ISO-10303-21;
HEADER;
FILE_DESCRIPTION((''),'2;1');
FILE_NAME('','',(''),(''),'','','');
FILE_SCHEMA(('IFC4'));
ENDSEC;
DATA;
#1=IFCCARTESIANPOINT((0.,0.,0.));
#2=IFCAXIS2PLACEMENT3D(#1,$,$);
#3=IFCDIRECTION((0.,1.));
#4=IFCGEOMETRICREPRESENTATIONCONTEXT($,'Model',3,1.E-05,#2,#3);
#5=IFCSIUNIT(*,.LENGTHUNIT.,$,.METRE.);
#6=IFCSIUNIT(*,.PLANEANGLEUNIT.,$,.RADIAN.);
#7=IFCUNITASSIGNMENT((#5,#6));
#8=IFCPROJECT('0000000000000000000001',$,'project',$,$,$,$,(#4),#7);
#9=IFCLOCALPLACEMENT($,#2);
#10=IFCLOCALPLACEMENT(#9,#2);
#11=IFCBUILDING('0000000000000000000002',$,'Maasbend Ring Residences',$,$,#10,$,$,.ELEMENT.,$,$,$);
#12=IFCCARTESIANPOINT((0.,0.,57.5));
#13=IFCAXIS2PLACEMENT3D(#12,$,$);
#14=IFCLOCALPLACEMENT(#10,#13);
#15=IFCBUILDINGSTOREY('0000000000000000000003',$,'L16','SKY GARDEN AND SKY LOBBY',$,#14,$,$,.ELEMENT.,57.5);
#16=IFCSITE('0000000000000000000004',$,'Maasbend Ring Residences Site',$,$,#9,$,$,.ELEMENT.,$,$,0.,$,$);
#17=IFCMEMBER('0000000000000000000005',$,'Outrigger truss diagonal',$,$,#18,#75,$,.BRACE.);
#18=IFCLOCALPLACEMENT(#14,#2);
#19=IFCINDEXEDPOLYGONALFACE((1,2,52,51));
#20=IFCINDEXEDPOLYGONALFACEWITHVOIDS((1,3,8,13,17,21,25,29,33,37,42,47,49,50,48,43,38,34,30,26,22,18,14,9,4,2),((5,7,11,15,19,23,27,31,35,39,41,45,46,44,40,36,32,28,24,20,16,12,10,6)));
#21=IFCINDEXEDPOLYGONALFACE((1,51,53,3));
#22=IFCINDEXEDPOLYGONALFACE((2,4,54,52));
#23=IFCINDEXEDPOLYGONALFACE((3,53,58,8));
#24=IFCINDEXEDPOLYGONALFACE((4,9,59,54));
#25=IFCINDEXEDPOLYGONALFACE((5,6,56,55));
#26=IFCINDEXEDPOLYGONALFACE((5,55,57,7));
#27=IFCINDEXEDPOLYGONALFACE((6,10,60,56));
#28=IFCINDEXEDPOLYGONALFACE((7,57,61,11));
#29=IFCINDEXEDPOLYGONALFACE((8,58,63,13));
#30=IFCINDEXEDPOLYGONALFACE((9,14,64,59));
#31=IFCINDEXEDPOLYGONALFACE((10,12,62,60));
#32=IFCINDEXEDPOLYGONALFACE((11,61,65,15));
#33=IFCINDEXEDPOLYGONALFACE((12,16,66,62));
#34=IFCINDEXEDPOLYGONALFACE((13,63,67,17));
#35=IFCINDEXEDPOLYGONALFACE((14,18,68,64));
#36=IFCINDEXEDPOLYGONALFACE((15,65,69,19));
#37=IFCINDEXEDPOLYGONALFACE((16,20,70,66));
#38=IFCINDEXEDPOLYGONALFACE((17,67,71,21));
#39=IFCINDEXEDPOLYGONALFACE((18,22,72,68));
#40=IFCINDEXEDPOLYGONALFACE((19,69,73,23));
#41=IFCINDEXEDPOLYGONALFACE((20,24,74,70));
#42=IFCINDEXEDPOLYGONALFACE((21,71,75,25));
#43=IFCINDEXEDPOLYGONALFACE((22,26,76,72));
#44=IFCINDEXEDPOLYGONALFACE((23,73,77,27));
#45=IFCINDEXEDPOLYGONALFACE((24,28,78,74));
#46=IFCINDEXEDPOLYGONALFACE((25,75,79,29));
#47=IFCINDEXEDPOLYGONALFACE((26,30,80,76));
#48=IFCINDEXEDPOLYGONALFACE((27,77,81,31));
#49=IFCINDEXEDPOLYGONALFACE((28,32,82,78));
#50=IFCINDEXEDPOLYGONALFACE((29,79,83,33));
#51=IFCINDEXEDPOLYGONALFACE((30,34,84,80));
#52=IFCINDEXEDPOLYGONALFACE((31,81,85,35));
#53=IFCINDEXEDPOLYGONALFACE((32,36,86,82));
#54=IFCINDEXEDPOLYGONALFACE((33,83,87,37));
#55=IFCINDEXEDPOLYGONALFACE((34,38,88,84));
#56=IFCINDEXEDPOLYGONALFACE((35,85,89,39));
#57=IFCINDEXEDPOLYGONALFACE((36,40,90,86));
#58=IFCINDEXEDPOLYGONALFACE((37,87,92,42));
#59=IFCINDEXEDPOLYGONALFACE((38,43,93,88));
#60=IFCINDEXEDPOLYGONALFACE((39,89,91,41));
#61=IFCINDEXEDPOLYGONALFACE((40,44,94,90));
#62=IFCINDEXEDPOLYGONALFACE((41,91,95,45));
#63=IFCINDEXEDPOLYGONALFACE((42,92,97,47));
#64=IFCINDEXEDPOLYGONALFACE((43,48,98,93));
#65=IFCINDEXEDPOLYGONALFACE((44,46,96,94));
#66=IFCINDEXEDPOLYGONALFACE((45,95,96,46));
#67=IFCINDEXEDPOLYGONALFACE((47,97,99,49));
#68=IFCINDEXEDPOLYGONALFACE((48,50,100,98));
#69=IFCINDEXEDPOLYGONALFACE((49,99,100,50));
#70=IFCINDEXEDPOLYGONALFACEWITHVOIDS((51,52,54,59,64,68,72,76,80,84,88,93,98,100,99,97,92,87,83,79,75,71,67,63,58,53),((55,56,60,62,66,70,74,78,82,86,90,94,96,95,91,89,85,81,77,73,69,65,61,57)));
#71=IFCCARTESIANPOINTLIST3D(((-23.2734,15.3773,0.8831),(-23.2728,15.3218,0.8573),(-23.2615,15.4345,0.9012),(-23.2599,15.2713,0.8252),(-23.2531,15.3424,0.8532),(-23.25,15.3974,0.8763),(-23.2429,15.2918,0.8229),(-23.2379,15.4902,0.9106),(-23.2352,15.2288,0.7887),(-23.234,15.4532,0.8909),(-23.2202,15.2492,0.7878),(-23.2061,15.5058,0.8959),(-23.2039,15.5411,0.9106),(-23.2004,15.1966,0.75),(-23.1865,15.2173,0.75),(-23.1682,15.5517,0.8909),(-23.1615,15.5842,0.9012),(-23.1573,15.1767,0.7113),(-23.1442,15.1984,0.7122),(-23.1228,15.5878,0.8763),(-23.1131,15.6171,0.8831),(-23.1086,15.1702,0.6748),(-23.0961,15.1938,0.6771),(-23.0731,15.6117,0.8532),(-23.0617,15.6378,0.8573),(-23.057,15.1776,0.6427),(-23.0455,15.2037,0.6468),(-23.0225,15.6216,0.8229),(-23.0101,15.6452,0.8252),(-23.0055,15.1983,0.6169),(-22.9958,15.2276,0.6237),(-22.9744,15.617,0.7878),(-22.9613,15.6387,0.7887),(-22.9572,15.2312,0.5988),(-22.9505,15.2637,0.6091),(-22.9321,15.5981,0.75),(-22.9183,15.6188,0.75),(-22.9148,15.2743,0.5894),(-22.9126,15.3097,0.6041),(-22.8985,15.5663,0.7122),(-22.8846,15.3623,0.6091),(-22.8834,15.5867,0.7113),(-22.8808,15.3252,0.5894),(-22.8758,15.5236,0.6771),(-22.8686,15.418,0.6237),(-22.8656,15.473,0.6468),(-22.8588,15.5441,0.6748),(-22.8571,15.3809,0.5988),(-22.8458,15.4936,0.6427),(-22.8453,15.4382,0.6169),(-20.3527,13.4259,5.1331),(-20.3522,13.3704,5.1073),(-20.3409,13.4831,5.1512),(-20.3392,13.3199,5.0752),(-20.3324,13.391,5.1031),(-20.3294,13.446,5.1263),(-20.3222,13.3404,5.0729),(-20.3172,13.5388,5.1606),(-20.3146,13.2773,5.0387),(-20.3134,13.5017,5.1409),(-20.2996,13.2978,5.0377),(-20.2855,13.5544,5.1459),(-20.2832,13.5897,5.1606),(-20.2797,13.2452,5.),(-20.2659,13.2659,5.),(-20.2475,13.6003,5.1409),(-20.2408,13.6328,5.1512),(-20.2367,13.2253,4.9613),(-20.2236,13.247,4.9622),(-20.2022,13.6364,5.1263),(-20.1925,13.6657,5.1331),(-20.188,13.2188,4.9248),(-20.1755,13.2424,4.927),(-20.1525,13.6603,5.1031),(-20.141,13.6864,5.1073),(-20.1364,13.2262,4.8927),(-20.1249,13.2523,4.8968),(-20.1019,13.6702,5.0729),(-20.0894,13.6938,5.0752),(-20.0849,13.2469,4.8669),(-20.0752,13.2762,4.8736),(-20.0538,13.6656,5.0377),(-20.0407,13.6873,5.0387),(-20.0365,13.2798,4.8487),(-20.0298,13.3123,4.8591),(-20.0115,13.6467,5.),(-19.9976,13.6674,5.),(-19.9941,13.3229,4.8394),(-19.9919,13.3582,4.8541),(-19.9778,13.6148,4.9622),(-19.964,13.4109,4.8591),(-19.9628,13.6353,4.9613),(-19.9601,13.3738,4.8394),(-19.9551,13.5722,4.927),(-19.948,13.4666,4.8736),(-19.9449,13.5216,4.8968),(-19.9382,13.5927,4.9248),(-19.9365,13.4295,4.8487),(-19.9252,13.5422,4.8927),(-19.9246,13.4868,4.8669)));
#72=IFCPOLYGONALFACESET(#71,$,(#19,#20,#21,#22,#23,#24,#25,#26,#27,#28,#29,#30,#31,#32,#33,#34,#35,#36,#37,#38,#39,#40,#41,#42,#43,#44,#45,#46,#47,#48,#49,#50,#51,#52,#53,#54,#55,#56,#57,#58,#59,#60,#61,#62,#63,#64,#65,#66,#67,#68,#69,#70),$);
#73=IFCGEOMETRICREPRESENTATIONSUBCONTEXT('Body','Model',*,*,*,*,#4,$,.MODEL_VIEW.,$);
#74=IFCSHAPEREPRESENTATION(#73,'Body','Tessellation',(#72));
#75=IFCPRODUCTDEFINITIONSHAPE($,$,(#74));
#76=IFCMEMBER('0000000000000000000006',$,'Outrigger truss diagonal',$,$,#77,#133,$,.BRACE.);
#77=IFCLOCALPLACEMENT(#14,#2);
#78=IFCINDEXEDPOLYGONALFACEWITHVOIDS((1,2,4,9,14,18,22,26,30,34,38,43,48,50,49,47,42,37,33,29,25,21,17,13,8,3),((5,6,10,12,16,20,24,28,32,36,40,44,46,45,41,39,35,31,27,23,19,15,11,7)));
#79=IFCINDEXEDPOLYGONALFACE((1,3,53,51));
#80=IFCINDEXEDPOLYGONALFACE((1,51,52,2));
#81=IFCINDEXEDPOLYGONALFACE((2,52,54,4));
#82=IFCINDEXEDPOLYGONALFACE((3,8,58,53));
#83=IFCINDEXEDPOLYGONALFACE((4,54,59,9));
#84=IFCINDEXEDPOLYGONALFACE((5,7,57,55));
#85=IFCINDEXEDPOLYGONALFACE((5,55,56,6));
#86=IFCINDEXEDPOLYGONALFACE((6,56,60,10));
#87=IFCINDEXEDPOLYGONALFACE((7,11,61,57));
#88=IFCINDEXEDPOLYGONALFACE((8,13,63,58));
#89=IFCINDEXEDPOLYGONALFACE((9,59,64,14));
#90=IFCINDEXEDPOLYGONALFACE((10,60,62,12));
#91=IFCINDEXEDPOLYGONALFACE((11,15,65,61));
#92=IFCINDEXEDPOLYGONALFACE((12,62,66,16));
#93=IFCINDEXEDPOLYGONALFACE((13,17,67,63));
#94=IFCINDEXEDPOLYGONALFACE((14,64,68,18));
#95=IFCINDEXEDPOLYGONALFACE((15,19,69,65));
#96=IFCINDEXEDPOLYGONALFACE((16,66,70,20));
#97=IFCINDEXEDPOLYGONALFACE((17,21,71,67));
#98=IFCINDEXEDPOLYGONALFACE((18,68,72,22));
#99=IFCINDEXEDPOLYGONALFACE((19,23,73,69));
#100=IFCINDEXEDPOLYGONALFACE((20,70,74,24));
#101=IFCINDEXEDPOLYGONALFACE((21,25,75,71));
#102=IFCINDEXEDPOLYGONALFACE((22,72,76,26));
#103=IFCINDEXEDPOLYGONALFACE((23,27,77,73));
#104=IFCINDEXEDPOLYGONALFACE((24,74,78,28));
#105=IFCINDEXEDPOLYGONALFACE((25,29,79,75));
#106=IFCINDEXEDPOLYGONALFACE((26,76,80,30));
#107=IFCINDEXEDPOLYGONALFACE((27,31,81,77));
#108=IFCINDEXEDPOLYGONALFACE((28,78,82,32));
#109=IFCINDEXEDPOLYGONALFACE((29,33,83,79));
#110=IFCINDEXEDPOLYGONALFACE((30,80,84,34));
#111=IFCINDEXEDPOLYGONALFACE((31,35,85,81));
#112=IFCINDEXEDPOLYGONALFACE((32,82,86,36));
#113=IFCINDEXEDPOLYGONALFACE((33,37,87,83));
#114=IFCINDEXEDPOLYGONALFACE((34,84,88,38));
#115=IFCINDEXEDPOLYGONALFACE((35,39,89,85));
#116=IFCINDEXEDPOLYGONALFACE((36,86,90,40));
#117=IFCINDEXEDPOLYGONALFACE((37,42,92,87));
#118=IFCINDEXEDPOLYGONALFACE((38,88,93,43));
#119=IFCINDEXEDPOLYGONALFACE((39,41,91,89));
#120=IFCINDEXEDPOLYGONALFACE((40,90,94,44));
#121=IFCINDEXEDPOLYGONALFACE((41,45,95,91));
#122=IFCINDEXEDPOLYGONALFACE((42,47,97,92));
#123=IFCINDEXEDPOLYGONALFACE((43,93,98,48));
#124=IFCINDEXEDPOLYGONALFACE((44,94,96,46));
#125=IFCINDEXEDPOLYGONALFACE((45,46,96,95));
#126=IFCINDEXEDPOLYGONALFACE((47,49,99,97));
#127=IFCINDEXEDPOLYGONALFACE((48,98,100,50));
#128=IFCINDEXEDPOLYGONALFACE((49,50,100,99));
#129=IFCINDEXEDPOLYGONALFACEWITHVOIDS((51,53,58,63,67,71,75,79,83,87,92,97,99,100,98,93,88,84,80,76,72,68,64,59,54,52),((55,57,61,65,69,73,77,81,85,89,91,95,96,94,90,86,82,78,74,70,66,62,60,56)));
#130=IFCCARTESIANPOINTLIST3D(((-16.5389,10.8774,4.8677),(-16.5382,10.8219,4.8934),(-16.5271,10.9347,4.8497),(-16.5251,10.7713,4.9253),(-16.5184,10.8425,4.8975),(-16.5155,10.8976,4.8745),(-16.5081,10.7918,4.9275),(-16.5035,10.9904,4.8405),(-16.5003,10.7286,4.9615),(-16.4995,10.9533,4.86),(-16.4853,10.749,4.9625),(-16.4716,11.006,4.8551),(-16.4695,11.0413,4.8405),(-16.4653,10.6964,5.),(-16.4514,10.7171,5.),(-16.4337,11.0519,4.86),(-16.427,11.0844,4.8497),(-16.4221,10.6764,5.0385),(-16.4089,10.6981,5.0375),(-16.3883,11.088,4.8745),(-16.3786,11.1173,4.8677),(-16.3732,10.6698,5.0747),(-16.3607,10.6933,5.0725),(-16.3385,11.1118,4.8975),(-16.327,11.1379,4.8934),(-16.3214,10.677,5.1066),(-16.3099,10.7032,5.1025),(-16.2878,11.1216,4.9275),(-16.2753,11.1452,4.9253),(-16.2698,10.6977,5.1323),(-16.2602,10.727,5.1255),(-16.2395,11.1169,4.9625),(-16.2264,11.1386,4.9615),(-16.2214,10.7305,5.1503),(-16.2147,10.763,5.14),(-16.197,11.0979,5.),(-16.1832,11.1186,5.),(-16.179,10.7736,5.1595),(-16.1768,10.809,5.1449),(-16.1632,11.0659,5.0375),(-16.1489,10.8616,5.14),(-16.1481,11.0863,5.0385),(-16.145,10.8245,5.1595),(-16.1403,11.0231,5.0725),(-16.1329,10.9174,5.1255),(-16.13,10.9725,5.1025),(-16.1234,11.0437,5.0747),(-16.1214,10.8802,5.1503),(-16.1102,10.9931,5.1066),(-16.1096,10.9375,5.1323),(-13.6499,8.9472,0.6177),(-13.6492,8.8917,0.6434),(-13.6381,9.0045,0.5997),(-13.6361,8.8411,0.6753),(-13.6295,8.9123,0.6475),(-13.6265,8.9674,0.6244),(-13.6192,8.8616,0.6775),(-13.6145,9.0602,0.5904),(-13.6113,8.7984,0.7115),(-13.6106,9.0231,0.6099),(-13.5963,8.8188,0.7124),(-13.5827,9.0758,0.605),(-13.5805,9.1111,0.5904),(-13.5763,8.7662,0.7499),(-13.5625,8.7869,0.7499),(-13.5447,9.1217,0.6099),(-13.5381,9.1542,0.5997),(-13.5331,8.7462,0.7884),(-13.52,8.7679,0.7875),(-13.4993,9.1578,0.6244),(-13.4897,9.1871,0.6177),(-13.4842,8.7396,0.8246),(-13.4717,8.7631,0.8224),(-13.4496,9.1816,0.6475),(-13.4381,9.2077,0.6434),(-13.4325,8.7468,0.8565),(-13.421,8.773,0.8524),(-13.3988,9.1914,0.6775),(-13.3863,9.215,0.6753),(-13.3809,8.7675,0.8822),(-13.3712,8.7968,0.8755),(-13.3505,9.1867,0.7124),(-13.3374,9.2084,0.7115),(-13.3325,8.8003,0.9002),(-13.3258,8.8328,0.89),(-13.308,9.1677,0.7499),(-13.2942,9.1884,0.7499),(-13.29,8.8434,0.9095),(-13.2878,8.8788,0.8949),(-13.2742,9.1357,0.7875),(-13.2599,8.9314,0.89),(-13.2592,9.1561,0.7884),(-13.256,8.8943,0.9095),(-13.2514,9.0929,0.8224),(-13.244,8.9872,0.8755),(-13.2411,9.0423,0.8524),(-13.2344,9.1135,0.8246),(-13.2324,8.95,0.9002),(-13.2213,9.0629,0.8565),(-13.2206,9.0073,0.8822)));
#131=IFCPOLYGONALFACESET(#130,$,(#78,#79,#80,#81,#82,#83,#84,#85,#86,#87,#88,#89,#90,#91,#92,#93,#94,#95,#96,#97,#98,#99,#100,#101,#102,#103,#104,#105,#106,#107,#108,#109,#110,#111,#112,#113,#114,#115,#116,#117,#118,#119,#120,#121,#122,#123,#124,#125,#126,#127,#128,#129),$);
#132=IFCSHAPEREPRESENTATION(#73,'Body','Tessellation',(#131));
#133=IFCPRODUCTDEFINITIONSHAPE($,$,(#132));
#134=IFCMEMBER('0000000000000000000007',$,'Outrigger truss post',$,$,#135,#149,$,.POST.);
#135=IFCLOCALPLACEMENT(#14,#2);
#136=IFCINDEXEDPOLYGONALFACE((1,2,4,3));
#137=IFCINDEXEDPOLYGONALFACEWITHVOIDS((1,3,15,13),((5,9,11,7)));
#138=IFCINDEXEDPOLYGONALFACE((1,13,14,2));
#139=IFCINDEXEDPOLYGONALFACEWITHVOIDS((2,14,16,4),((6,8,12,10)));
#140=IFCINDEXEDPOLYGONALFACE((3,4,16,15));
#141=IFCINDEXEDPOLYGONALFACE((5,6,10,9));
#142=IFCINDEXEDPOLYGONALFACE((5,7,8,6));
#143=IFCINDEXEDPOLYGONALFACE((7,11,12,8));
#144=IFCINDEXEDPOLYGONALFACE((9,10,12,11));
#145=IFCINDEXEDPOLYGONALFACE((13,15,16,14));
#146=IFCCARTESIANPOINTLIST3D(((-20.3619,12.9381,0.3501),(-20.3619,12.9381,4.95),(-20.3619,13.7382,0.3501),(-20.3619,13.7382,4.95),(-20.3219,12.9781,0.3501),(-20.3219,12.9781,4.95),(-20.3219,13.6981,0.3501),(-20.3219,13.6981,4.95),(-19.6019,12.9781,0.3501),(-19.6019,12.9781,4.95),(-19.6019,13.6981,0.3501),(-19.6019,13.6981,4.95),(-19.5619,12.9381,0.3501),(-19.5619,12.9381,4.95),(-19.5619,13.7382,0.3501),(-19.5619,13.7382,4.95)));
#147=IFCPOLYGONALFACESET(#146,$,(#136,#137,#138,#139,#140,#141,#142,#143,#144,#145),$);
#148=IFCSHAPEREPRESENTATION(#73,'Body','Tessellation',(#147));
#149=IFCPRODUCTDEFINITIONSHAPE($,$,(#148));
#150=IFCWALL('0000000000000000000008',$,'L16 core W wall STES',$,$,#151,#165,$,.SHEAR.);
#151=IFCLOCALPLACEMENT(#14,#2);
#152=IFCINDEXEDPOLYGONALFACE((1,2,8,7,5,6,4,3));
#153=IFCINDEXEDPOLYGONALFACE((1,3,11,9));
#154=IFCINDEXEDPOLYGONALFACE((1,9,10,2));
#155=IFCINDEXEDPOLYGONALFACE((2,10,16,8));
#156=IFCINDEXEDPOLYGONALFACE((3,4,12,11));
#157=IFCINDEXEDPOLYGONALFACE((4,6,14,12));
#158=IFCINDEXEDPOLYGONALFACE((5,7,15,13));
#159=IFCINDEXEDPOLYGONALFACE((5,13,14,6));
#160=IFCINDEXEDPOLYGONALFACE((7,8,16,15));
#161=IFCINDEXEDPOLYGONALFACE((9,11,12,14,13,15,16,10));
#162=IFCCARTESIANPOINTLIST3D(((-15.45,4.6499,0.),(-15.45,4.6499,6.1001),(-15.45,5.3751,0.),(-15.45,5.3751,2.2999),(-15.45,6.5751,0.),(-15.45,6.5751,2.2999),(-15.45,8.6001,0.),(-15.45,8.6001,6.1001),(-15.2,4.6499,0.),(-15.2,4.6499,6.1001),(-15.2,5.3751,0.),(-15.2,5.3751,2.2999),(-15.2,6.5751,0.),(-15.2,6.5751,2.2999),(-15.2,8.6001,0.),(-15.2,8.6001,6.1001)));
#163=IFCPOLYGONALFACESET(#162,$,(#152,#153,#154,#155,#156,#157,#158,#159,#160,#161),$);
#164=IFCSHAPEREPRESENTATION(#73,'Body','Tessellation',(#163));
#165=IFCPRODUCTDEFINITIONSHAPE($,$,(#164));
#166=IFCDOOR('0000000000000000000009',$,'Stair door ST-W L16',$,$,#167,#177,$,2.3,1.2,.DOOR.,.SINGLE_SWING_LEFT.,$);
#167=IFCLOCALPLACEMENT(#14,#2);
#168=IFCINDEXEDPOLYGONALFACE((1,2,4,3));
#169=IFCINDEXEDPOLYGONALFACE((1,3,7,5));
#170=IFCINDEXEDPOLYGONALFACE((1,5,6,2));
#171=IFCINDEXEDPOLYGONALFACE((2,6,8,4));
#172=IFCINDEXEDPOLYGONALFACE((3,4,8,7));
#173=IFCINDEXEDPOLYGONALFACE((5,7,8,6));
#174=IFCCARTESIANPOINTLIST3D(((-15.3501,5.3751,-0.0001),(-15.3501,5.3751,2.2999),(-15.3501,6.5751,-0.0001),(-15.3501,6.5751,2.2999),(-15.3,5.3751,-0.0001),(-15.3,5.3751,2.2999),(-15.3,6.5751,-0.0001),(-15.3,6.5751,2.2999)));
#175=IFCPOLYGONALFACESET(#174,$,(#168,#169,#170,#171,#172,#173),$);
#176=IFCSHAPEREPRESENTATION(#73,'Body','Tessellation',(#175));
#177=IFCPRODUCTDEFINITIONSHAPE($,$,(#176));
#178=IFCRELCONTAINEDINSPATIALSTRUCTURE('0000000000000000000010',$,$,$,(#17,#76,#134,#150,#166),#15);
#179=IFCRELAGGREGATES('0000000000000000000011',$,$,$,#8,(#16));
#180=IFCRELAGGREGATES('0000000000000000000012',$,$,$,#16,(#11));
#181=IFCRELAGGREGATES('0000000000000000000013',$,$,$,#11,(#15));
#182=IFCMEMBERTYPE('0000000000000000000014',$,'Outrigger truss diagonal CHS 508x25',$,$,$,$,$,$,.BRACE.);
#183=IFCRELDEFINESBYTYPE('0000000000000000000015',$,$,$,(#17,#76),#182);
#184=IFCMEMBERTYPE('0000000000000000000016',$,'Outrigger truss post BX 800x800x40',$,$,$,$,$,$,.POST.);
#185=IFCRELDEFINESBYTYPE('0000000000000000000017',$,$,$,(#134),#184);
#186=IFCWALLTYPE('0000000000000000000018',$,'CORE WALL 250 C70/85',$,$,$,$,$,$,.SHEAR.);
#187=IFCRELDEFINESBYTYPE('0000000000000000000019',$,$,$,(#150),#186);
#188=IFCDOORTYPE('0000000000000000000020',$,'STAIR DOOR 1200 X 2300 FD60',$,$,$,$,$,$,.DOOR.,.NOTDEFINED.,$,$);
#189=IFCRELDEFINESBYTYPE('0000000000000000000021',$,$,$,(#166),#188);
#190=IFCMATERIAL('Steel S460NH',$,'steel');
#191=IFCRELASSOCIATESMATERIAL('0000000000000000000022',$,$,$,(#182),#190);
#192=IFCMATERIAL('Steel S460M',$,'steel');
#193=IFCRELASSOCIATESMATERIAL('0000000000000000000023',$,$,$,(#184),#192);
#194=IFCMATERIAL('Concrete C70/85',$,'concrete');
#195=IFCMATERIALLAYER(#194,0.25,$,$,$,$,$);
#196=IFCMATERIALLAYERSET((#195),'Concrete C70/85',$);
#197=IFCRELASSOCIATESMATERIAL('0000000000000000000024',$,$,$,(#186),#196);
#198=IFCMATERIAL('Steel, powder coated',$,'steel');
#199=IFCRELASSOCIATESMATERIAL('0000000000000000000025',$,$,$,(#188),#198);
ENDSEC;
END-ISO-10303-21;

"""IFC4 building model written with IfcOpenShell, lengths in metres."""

from ifc_helpers import new_model, si_unit, direction, frame, frame_2d, origin, origin_2d, place, context, subcontext, project, spatial, rectangle, hollow_rectangle, hollow_circle, extrude, material, layer, layer_set, material_profile, profile_set, type_object, element, fill, save


model = new_model("IFC4")

# Units and contexts
model_context = context("Model", 3, precision=1e-05, world=origin(), true_north=direction((0.0, 1.0)))
body_context = subcontext(model_context, "Body", "Model", "MODEL_VIEW")
ifc_project = project(units=[si_unit("LENGTHUNIT", "METRE"), si_unit("PLANEANGLEUNIT", "RADIAN")], contexts=[model_context])

# Site, building, storey
site_placement = place(None, origin())
site = spatial("IfcSite", under=ifc_project, at=site_placement, Name="Maasbend Ring Residences Site", CompositionType="ELEMENT", RefElevation=0.0)
building_placement = place(site_placement, origin())
building = spatial("IfcBuilding", under=site, at=building_placement, Name="Maasbend Ring Residences", CompositionType="ELEMENT")
storey_placement = place(building_placement, frame((0.0, 0.0, 57.5)))
storey = spatial("IfcBuildingStorey", under=building, at=storey_placement, Name="L16", Description="SKY GARDEN AND SKY LOBBY", CompositionType="ELEMENT", Elevation=57.5)

# Members
ifc_material_1 = material(Name="Steel S460NH", Category="steel")
ifc_material_profile_1 = material_profile(ifc_material_1, hollow_circle(Radius=0.2539, WallThickness=0.0249, at=origin_2d()), Name="Outrigger truss diagonal CHS 508x25")
ifc_profile_set_1 = profile_set([ifc_material_profile_1], Name="Steel S460NH")
member_type_1 = type_object("IfcMemberType", Name="Outrigger truss diagonal CHS 508x25", PredefinedType="BRACE", material=ifc_profile_set_1)
member_1_placement = place(storey_placement, frame((-23.0593, 15.4077, 0.75), z_axis=(0.52971, -0.353922, 0.770809), x_axis=(0.55555, 0.831483, 0.0)))
element("IfcMember", 1, at=member_1_placement, inside=storey, type_object=member_type_1, Name="Outrigger truss diagonal", PredefinedType="BRACE", context=body_context, shape_type="SweptSolid", body=[
    extrude(hollow_circle(Radius=0.2539, WallThickness=0.0249, at=origin_2d()), origin(), (0.0, 0.0, 1.0), 5.5137),
])
member_2_placement = place(storey_placement, frame((-16.3242, 10.9075, 5.0), z_axis=(0.526268, -0.351616, -0.774214), x_axis=(0.555543, 0.831488, 0.0)))
element("IfcMember", 2, at=member_2_placement, inside=storey, type_object=member_type_1, Name="Outrigger truss diagonal", PredefinedType="BRACE", context=body_context, shape_type="SweptSolid", body=[
    extrude(hollow_circle(Radius=0.2539, WallThickness=0.0249, at=origin_2d()), origin(), (0.0, 0.0, 1.0), 5.4895),
])
ifc_material_2 = material(Name="Steel S460M", Category="steel")
ifc_material_profile_2 = material_profile(ifc_material_2, hollow_rectangle(XDim=0.8, YDim=0.8, WallThickness=0.04, at=origin_2d()), Name="Outrigger truss post BX 800x800x40")
ifc_profile_set_2 = profile_set([ifc_material_profile_2], Name="Steel S460M")
member_type_2 = type_object("IfcMemberType", Name="Outrigger truss post BX 800x800x40", PredefinedType="POST", material=ifc_profile_set_2)
member_3_placement = place(storey_placement, frame((-19.9619, 13.3381, 0.3501), z_axis=(0.0, 0.0, 1.0), x_axis=(1.0, 0.0, 0.0)))
element("IfcMember", 3, at=member_3_placement, inside=storey, type_object=member_type_2, Name="Outrigger truss post", PredefinedType="POST", context=body_context, shape_type="SweptSolid", body=[
    extrude(hollow_rectangle(XDim=0.8, YDim=0.8, WallThickness=0.04, at=origin_2d()), origin(), (0.0, 0.0, 1.0), 4.5999),
])

# Wall, opening, door
ifc_material_3 = material(Name="Concrete C70/85", Category="concrete")
ifc_layer_1 = layer(ifc_material_3, 0.25)
ifc_layer_set_1 = layer_set([ifc_layer_1], Name="Concrete C70/85")
wall_type_1 = type_object("IfcWallType", Name="CORE WALL 250 C70/85", PredefinedType="SHEAR", material=ifc_layer_set_1)
wall_1_placement = place(storey_placement, frame((-15.325, 8.6001, 0.0), z_axis=(0.0, 0.0, 1.0), x_axis=(0.0, -1.0, 0.0)))
wall_1 = element("IfcWall", 4, at=wall_1_placement, inside=storey, type_object=wall_type_1, Name="L16 core W wall STES", PredefinedType="SHEAR", context=body_context, shape_type="SweptSolid", body=[
    extrude(rectangle(XDim=3.9502, YDim=0.25, at=frame_2d((1.9751, 0.0))), origin(), (0.0, 0.0, 1.0), 6.1001),
])
opening_1_placement = place(wall_1_placement, frame((2.0249, 0.0, 0.0)))
opening_1 = element("IfcOpeningElement", 5, at=opening_1_placement, cuts=wall_1, PredefinedType="OPENING", context=body_context, shape_type="SweptSolid", body=[
    extrude(rectangle(XDim=1.2, YDim=2.3, at=frame_2d((0.6001, 1.1499))), frame((0.0, 0.135, 0.0), z_axis=(0.0, -1.0, 0.0), x_axis=(1.0, 0.0, 0.0)), (0.0, 0.0, 1.0), 0.27),
])
ifc_material_4 = material(Name="Steel, powder coated", Category="steel")
door_type_1 = type_object("IfcDoorType", Name="STAIR DOOR 1200 X 2300 FD60", OperationType="NOTDEFINED", PredefinedType="DOOR", material=ifc_material_4)
door_1_placement = place(opening_1_placement, origin())
door_1 = element("IfcDoor", 6, at=door_1_placement, inside=storey, type_object=door_type_1, Name="Stair door ST-W L16", OperationType="SINGLE_SWING_LEFT", OverallHeight=2.3, OverallWidth=1.2, PredefinedType="DOOR", context=body_context, shape_type="SweptSolid", body=[
    extrude(rectangle(XDim=1.2, YDim=2.3, at=frame_2d((0.6001, 1.1499))), frame((0.0, 0.0249, 0.0), z_axis=(0.0, -1.0, 0.0), x_axis=(1.0, 0.0, 0.0)), (0.0, 0.0, 1.0), 0.05),
])
fill(opening_1, door_1)

save(model, "model.ifc")
